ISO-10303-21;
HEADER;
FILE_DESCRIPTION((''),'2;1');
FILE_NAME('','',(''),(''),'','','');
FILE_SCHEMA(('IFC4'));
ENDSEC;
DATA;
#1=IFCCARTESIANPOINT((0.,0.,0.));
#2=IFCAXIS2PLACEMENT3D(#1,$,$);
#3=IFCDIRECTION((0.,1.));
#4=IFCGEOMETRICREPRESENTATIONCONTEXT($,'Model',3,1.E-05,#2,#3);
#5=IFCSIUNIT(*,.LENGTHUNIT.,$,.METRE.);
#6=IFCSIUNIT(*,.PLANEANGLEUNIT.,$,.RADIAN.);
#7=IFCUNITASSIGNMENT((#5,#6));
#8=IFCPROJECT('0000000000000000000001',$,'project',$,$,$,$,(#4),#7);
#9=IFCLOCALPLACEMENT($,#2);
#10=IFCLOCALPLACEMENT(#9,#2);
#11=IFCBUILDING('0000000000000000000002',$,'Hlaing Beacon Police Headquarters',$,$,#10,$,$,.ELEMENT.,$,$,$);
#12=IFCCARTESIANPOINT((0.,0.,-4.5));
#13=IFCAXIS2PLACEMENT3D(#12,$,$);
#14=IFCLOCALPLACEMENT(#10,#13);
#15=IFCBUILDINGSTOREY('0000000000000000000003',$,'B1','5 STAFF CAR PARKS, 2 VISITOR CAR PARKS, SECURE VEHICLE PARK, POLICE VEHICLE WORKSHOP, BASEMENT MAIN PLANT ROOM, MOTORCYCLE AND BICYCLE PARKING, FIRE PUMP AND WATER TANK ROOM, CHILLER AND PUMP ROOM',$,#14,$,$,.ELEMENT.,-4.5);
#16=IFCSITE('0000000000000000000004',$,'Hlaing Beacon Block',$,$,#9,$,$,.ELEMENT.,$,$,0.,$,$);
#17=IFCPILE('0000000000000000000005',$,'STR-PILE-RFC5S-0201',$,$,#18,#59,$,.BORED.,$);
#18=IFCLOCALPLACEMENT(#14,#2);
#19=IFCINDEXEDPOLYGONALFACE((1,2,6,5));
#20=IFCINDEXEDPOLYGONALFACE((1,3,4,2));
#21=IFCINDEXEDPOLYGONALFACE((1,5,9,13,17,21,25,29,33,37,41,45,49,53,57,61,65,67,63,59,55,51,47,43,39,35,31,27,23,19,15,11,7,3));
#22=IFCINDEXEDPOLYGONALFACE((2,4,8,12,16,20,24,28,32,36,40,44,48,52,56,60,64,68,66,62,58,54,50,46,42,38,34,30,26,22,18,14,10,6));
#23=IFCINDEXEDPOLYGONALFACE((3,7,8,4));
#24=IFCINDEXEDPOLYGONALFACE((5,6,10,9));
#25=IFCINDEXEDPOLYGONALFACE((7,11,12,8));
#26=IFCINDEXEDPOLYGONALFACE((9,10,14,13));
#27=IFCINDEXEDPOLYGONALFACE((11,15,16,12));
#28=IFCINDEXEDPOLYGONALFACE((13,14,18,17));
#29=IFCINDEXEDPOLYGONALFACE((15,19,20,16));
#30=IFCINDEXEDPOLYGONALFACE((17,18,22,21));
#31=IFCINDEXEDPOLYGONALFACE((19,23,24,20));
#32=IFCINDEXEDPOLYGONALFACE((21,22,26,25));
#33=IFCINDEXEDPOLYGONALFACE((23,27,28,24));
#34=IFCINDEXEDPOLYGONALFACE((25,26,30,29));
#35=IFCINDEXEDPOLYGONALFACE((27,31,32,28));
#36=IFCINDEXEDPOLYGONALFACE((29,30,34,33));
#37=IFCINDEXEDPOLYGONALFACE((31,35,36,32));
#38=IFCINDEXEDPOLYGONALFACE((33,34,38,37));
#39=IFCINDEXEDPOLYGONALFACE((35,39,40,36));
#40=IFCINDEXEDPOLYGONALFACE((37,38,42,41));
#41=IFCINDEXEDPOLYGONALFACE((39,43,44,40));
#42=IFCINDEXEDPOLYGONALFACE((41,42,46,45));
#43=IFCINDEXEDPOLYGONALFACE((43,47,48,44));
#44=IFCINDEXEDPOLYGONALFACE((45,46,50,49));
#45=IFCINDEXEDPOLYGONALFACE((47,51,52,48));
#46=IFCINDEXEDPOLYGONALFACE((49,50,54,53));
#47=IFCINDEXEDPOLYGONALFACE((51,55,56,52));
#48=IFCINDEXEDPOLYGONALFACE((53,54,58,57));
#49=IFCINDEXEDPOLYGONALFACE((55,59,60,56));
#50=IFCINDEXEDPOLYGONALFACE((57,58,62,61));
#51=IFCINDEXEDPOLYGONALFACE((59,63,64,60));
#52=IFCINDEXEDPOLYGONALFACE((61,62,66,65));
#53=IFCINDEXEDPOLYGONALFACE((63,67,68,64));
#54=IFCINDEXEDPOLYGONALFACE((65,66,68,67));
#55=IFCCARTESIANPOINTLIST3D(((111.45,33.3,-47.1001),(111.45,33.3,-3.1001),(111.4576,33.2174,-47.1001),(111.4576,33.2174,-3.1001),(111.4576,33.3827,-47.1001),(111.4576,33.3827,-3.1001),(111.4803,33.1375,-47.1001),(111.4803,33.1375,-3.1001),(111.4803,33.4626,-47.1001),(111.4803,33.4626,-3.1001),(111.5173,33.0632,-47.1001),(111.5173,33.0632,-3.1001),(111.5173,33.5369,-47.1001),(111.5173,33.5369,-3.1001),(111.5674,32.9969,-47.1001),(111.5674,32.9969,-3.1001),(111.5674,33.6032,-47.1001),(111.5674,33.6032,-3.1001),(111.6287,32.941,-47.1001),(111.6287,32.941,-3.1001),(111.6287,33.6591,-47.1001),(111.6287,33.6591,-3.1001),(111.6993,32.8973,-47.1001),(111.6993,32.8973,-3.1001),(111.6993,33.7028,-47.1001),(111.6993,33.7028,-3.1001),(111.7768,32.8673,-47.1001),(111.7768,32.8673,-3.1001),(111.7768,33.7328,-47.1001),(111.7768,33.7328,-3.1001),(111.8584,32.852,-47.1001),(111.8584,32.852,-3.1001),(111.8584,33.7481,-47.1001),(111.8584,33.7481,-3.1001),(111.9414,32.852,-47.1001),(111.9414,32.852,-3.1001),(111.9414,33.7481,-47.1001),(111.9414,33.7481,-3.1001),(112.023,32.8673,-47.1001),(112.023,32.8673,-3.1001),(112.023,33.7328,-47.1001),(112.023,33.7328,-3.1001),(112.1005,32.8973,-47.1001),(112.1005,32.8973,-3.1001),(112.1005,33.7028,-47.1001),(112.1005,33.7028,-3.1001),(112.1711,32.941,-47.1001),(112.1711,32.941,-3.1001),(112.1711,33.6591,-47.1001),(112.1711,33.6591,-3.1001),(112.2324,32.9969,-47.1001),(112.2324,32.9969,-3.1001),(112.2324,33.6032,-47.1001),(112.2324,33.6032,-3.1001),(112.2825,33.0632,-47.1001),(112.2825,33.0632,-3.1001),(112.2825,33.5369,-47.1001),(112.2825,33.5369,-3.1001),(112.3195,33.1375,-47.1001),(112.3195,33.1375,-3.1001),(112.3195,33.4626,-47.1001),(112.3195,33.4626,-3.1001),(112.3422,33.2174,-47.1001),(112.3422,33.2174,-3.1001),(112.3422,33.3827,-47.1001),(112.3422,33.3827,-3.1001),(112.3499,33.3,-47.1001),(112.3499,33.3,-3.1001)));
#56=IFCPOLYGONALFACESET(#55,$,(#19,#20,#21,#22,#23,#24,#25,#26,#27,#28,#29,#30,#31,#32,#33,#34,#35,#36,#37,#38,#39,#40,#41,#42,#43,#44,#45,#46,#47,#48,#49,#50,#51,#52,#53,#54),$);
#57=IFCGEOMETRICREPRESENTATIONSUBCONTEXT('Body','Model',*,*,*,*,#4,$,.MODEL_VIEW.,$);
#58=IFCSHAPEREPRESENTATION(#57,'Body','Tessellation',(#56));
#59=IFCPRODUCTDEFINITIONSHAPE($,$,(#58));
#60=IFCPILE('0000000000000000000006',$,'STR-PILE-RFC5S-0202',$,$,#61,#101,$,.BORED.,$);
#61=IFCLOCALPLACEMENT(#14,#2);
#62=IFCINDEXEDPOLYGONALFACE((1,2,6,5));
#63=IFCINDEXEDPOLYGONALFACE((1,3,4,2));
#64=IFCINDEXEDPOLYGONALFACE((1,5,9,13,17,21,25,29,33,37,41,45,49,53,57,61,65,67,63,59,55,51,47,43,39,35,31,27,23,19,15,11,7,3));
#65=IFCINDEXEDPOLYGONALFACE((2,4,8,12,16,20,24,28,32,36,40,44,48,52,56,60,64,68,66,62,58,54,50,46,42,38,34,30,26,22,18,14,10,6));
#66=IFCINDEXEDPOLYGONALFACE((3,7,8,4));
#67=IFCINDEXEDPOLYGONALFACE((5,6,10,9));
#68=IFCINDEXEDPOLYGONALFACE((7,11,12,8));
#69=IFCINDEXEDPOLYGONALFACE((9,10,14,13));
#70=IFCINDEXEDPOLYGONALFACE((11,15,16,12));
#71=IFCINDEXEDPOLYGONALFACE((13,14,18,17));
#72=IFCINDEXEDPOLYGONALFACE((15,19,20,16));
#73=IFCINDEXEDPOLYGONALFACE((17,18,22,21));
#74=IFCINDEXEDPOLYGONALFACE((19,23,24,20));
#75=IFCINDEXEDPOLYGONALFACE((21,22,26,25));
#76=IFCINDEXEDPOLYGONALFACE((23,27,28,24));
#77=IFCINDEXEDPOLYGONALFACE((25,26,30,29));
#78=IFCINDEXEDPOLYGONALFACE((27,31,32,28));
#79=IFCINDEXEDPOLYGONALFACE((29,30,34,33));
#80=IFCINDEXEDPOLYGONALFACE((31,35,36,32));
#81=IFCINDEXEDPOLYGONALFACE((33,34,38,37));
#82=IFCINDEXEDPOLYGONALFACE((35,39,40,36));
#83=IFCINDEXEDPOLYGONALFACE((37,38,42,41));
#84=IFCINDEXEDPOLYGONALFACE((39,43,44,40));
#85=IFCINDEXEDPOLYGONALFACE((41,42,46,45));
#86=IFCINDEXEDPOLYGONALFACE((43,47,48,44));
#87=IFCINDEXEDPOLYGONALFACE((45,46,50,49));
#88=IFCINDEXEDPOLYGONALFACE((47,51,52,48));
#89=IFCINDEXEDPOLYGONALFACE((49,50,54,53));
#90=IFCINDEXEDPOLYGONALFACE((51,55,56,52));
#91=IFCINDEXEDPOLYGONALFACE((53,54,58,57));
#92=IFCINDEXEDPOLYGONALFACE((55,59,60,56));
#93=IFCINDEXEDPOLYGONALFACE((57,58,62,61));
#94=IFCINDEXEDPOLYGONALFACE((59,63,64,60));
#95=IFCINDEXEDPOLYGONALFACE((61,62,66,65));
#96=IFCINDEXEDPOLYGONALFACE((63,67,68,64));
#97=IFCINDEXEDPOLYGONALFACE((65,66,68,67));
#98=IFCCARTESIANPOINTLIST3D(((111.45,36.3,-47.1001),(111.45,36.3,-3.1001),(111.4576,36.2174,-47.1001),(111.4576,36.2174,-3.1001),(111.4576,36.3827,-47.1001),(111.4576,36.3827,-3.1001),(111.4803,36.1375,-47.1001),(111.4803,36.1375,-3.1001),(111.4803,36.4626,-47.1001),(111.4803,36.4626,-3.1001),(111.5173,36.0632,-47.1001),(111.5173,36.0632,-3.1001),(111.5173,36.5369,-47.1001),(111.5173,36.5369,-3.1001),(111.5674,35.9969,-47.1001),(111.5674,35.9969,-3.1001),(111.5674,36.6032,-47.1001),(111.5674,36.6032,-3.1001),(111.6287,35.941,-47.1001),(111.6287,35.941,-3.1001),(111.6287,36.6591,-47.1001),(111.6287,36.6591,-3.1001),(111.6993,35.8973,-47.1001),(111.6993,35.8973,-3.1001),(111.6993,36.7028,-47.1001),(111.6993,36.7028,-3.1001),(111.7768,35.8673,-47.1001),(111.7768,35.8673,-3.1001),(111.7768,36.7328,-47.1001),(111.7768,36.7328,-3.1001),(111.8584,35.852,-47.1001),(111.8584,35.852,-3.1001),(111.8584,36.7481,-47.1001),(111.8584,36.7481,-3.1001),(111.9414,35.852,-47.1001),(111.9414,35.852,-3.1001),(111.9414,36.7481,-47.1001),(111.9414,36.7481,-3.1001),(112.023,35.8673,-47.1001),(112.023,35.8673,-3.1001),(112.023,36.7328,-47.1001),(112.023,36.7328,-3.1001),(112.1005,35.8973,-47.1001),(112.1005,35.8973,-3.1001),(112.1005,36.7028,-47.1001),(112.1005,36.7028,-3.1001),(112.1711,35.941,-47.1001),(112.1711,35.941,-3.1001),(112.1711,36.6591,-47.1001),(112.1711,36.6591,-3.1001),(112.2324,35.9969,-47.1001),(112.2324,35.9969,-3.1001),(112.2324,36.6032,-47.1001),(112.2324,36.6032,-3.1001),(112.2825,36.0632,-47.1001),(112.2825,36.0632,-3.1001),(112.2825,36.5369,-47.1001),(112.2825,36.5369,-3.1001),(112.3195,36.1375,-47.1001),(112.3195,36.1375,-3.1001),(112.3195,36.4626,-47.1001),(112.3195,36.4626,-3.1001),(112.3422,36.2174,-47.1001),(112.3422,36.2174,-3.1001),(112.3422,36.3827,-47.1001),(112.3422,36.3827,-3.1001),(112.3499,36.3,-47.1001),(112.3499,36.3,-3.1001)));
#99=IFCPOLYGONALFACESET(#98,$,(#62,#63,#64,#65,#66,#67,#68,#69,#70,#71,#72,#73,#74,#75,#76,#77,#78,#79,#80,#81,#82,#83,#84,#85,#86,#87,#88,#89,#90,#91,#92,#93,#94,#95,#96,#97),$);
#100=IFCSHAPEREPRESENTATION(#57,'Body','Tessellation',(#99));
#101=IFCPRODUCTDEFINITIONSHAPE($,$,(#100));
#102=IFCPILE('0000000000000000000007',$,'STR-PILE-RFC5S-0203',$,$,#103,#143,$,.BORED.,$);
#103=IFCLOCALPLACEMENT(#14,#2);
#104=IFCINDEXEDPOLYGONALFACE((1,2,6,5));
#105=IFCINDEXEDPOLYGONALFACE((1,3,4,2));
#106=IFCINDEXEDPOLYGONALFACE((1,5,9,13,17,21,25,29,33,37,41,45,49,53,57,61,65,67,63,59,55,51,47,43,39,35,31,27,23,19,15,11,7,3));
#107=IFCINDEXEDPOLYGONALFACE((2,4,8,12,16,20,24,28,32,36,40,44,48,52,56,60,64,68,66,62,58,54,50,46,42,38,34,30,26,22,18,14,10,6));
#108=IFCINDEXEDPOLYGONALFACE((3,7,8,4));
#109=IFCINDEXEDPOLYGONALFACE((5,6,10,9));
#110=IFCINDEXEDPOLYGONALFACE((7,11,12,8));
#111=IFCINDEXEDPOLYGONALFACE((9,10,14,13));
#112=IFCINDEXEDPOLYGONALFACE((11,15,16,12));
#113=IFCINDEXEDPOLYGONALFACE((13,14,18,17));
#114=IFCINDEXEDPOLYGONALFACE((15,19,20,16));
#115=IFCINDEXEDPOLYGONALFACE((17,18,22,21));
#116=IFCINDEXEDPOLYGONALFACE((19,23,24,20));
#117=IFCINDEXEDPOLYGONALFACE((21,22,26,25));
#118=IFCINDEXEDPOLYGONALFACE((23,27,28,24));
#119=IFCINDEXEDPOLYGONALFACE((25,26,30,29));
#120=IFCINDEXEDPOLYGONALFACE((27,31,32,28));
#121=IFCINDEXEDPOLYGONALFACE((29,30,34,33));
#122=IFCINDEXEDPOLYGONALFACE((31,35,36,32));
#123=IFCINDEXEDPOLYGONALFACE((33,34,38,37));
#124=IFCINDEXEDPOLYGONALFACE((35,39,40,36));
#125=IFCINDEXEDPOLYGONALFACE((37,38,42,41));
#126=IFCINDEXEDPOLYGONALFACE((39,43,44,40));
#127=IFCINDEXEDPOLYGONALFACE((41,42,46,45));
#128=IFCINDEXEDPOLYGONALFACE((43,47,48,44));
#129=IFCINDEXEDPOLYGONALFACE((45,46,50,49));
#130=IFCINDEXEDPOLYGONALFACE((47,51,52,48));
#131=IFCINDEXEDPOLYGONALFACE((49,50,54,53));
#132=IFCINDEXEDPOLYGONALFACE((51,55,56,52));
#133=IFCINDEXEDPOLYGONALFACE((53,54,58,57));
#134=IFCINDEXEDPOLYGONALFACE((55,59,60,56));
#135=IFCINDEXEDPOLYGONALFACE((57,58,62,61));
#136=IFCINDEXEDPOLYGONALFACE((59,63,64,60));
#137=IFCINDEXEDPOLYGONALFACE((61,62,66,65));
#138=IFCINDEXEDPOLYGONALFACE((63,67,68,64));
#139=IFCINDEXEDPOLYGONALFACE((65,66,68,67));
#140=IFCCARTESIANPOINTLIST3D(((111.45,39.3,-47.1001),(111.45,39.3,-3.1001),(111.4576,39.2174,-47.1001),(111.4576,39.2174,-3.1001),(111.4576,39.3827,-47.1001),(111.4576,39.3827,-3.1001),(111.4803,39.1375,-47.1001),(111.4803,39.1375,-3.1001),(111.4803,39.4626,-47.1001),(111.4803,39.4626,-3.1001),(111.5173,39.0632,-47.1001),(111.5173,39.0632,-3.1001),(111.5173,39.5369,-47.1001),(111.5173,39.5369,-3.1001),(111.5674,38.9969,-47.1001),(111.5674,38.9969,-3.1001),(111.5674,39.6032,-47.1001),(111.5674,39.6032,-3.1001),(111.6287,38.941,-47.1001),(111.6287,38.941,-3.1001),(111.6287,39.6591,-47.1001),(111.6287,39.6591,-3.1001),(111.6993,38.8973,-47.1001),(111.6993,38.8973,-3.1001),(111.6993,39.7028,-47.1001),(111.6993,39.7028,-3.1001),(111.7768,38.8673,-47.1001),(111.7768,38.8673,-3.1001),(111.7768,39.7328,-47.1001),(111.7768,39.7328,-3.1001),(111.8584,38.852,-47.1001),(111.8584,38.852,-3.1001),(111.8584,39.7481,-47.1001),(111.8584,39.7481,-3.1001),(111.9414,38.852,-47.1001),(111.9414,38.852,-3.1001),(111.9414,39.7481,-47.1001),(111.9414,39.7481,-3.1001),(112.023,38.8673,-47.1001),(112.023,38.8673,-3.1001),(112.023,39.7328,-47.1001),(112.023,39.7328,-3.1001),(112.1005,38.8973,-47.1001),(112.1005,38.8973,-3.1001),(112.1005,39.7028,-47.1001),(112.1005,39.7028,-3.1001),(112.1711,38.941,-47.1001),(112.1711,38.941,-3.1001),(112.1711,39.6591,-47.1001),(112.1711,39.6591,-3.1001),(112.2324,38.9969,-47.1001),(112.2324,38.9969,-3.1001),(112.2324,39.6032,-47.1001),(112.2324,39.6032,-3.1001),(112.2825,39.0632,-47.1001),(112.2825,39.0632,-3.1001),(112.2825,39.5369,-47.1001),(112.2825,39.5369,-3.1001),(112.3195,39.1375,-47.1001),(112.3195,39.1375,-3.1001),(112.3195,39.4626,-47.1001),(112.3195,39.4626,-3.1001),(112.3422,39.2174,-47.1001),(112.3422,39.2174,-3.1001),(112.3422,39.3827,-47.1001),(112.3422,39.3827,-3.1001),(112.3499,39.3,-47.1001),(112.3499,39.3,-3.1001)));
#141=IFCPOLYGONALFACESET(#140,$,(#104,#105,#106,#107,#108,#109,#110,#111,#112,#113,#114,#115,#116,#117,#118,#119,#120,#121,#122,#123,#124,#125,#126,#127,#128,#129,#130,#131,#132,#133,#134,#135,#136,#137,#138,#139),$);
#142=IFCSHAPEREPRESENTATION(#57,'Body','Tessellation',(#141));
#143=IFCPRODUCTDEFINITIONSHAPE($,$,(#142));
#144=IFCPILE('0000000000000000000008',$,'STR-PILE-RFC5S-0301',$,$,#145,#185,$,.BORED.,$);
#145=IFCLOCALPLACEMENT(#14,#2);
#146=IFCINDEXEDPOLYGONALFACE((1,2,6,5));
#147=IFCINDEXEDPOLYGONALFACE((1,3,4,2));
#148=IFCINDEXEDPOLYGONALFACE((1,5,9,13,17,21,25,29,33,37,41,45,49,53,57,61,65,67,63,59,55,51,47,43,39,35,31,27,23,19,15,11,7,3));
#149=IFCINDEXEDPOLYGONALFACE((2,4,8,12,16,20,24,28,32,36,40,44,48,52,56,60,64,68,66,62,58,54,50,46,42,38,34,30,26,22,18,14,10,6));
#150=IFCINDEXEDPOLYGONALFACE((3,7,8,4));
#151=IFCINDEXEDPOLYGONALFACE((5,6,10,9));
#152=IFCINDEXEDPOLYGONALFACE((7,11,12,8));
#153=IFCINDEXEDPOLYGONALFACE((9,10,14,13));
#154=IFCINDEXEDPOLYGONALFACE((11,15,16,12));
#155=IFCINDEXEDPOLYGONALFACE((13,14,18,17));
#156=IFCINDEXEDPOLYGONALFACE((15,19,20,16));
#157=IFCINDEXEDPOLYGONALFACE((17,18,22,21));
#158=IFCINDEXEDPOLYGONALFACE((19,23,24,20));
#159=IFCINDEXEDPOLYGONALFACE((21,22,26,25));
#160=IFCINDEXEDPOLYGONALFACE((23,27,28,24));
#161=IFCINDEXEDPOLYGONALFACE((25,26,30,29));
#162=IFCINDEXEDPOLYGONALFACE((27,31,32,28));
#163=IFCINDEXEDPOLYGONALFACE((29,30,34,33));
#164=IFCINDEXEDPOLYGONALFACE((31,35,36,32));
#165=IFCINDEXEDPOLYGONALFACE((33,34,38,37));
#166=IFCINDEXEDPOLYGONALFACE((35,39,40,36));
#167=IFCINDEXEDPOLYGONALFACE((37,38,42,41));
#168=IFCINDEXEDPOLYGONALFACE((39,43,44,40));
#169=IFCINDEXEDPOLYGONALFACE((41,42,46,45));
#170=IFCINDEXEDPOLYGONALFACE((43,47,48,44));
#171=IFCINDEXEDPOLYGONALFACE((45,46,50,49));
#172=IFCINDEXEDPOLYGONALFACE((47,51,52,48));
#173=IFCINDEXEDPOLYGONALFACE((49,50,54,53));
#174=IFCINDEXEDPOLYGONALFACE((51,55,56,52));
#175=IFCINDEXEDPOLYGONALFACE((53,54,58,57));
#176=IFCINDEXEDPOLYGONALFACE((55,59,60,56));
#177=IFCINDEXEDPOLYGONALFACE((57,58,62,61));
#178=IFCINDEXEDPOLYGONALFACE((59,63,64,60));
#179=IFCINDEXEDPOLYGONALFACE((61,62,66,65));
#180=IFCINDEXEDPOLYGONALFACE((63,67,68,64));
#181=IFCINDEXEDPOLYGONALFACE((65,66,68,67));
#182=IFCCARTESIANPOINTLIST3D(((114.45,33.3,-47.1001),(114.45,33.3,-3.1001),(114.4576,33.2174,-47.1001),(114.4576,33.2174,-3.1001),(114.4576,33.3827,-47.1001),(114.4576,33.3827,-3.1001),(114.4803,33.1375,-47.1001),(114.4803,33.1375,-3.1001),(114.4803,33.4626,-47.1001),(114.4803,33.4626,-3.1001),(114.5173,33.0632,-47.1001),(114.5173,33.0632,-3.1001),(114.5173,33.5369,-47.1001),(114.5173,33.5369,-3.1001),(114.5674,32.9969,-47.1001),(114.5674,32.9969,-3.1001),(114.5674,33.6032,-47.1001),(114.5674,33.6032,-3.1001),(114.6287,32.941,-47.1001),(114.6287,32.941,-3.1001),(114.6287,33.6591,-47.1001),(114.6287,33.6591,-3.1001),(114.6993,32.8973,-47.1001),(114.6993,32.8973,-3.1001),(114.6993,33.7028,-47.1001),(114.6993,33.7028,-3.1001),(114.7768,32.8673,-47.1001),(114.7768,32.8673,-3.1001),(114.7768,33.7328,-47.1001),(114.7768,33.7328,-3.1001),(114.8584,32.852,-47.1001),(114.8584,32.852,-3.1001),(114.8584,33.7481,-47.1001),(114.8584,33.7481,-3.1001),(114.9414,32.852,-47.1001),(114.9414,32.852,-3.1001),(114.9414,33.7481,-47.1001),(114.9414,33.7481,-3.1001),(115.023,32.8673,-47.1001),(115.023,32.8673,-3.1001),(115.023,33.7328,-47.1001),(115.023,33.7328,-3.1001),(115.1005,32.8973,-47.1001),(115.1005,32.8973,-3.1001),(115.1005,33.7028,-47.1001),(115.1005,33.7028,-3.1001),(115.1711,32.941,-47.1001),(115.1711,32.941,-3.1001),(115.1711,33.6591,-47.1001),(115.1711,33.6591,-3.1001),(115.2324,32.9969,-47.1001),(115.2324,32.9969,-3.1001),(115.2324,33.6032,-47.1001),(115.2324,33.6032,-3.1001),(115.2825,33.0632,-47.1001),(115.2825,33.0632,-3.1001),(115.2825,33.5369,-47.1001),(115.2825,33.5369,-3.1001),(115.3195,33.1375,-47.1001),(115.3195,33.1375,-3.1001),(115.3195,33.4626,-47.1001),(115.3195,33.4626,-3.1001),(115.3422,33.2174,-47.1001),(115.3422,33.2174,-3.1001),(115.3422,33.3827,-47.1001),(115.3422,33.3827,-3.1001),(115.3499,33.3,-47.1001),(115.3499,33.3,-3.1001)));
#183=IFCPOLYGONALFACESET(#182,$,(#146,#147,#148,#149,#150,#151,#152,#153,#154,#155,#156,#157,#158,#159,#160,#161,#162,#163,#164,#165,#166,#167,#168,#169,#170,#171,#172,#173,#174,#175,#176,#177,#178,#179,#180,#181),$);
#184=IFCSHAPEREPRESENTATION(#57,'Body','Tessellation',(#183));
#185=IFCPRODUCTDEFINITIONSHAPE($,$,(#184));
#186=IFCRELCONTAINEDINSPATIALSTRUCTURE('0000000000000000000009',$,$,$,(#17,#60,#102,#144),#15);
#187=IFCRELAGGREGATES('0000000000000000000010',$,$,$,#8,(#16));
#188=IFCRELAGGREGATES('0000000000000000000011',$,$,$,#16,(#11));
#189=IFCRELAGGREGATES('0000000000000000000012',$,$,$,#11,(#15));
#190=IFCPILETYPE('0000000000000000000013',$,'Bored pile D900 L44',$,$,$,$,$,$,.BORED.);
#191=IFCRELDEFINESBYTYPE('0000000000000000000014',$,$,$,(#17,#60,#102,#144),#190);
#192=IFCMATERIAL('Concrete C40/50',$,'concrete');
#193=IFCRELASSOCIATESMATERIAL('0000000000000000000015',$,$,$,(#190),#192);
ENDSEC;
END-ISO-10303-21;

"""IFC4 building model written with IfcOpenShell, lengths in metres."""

from ifc_helpers import new_model, si_unit, direction, frame, origin, origin_2d, place, context, subcontext, project, spatial, circle, extrude, material, material_profile, profile_set, type_object, element, save


model = new_model("IFC4")

# Units and contexts
model_context = context("Model", 3, precision=1e-05, world=origin(), true_north=direction((0.0, 1.0)))
body_context = subcontext(model_context, "Body", "Model", "MODEL_VIEW")
ifc_project = project(units=[si_unit("LENGTHUNIT", "METRE"), si_unit("PLANEANGLEUNIT", "RADIAN")], contexts=[model_context])

# Site, building, storey
site_placement = place(None, origin())
site = spatial("IfcSite", under=ifc_project, at=site_placement, Name="Hlaing Beacon Block", CompositionType="ELEMENT", RefElevation=0.0)
building_placement = place(site_placement, origin())
building = spatial("IfcBuilding", under=site, at=building_placement, Name="Hlaing Beacon Police Headquarters", CompositionType="ELEMENT")
storey_placement = place(building_placement, frame((0.0, 0.0, -4.5)))
storey = spatial("IfcBuildingStorey", under=building, at=storey_placement, Name="B1", Description="5 STAFF CAR PARKS, 2 VISITOR CAR PARKS, SECURE VEHICLE PARK, POLICE VEHICLE WORKSHOP, BASEMENT MAIN PLANT ROOM, MOTORCYCLE AND BICYCLE PARKING, FIRE PUMP AND WATER TANK ROOM, CHILLER AND PUMP ROOM", CompositionType="ELEMENT", Elevation=-4.5)

# Piles
ifc_material_1 = material(Name="Concrete C40/50", Category="concrete")
ifc_material_profile_1 = material_profile(ifc_material_1, circle(Radius=0.45, at=origin_2d()), Name="D900")
ifc_profile_set_1 = profile_set([ifc_material_profile_1], Name="Concrete C40/50")
pile_type = type_object("IfcPileType", Name="Bored pile D900 L44", PredefinedType="BORED", material=ifc_profile_set_1)
for number, where, z_axis, x_axis, name in (
    (1, (111.8999, 33.3, -3.1001), (0.0, 0.0, -1.0), (1.0, 0.0, 0.0), "STR-PILE-RFC5S-0201"),
    (2, (111.8999, 36.3, -3.1001), (0.0, 0.0, -1.0), (1.0, 0.0, 0.0), "STR-PILE-RFC5S-0202"),
    (3, (111.8999, 39.3, -3.1001), (0.0, 0.0, -1.0), (1.0, 0.0, 0.0), "STR-PILE-RFC5S-0203"),
    (4, (114.8999, 33.3, -3.1001), (0.0, 0.0, -1.0), (1.0, 0.0, 0.0), "STR-PILE-RFC5S-0301"),
):
    element("IfcPile", number, at=place(storey_placement, frame(where, z_axis=z_axis, x_axis=x_axis)), inside=storey, type_object=pile_type, Name=name, PredefinedType="BORED", context=body_context, shape_type="SweptSolid", body=[
        extrude(circle(Radius=0.45, at=origin_2d()), origin(), (0.0, 0.0, 1.0), 44.0),
    ])

save(model, "model.ifc")
